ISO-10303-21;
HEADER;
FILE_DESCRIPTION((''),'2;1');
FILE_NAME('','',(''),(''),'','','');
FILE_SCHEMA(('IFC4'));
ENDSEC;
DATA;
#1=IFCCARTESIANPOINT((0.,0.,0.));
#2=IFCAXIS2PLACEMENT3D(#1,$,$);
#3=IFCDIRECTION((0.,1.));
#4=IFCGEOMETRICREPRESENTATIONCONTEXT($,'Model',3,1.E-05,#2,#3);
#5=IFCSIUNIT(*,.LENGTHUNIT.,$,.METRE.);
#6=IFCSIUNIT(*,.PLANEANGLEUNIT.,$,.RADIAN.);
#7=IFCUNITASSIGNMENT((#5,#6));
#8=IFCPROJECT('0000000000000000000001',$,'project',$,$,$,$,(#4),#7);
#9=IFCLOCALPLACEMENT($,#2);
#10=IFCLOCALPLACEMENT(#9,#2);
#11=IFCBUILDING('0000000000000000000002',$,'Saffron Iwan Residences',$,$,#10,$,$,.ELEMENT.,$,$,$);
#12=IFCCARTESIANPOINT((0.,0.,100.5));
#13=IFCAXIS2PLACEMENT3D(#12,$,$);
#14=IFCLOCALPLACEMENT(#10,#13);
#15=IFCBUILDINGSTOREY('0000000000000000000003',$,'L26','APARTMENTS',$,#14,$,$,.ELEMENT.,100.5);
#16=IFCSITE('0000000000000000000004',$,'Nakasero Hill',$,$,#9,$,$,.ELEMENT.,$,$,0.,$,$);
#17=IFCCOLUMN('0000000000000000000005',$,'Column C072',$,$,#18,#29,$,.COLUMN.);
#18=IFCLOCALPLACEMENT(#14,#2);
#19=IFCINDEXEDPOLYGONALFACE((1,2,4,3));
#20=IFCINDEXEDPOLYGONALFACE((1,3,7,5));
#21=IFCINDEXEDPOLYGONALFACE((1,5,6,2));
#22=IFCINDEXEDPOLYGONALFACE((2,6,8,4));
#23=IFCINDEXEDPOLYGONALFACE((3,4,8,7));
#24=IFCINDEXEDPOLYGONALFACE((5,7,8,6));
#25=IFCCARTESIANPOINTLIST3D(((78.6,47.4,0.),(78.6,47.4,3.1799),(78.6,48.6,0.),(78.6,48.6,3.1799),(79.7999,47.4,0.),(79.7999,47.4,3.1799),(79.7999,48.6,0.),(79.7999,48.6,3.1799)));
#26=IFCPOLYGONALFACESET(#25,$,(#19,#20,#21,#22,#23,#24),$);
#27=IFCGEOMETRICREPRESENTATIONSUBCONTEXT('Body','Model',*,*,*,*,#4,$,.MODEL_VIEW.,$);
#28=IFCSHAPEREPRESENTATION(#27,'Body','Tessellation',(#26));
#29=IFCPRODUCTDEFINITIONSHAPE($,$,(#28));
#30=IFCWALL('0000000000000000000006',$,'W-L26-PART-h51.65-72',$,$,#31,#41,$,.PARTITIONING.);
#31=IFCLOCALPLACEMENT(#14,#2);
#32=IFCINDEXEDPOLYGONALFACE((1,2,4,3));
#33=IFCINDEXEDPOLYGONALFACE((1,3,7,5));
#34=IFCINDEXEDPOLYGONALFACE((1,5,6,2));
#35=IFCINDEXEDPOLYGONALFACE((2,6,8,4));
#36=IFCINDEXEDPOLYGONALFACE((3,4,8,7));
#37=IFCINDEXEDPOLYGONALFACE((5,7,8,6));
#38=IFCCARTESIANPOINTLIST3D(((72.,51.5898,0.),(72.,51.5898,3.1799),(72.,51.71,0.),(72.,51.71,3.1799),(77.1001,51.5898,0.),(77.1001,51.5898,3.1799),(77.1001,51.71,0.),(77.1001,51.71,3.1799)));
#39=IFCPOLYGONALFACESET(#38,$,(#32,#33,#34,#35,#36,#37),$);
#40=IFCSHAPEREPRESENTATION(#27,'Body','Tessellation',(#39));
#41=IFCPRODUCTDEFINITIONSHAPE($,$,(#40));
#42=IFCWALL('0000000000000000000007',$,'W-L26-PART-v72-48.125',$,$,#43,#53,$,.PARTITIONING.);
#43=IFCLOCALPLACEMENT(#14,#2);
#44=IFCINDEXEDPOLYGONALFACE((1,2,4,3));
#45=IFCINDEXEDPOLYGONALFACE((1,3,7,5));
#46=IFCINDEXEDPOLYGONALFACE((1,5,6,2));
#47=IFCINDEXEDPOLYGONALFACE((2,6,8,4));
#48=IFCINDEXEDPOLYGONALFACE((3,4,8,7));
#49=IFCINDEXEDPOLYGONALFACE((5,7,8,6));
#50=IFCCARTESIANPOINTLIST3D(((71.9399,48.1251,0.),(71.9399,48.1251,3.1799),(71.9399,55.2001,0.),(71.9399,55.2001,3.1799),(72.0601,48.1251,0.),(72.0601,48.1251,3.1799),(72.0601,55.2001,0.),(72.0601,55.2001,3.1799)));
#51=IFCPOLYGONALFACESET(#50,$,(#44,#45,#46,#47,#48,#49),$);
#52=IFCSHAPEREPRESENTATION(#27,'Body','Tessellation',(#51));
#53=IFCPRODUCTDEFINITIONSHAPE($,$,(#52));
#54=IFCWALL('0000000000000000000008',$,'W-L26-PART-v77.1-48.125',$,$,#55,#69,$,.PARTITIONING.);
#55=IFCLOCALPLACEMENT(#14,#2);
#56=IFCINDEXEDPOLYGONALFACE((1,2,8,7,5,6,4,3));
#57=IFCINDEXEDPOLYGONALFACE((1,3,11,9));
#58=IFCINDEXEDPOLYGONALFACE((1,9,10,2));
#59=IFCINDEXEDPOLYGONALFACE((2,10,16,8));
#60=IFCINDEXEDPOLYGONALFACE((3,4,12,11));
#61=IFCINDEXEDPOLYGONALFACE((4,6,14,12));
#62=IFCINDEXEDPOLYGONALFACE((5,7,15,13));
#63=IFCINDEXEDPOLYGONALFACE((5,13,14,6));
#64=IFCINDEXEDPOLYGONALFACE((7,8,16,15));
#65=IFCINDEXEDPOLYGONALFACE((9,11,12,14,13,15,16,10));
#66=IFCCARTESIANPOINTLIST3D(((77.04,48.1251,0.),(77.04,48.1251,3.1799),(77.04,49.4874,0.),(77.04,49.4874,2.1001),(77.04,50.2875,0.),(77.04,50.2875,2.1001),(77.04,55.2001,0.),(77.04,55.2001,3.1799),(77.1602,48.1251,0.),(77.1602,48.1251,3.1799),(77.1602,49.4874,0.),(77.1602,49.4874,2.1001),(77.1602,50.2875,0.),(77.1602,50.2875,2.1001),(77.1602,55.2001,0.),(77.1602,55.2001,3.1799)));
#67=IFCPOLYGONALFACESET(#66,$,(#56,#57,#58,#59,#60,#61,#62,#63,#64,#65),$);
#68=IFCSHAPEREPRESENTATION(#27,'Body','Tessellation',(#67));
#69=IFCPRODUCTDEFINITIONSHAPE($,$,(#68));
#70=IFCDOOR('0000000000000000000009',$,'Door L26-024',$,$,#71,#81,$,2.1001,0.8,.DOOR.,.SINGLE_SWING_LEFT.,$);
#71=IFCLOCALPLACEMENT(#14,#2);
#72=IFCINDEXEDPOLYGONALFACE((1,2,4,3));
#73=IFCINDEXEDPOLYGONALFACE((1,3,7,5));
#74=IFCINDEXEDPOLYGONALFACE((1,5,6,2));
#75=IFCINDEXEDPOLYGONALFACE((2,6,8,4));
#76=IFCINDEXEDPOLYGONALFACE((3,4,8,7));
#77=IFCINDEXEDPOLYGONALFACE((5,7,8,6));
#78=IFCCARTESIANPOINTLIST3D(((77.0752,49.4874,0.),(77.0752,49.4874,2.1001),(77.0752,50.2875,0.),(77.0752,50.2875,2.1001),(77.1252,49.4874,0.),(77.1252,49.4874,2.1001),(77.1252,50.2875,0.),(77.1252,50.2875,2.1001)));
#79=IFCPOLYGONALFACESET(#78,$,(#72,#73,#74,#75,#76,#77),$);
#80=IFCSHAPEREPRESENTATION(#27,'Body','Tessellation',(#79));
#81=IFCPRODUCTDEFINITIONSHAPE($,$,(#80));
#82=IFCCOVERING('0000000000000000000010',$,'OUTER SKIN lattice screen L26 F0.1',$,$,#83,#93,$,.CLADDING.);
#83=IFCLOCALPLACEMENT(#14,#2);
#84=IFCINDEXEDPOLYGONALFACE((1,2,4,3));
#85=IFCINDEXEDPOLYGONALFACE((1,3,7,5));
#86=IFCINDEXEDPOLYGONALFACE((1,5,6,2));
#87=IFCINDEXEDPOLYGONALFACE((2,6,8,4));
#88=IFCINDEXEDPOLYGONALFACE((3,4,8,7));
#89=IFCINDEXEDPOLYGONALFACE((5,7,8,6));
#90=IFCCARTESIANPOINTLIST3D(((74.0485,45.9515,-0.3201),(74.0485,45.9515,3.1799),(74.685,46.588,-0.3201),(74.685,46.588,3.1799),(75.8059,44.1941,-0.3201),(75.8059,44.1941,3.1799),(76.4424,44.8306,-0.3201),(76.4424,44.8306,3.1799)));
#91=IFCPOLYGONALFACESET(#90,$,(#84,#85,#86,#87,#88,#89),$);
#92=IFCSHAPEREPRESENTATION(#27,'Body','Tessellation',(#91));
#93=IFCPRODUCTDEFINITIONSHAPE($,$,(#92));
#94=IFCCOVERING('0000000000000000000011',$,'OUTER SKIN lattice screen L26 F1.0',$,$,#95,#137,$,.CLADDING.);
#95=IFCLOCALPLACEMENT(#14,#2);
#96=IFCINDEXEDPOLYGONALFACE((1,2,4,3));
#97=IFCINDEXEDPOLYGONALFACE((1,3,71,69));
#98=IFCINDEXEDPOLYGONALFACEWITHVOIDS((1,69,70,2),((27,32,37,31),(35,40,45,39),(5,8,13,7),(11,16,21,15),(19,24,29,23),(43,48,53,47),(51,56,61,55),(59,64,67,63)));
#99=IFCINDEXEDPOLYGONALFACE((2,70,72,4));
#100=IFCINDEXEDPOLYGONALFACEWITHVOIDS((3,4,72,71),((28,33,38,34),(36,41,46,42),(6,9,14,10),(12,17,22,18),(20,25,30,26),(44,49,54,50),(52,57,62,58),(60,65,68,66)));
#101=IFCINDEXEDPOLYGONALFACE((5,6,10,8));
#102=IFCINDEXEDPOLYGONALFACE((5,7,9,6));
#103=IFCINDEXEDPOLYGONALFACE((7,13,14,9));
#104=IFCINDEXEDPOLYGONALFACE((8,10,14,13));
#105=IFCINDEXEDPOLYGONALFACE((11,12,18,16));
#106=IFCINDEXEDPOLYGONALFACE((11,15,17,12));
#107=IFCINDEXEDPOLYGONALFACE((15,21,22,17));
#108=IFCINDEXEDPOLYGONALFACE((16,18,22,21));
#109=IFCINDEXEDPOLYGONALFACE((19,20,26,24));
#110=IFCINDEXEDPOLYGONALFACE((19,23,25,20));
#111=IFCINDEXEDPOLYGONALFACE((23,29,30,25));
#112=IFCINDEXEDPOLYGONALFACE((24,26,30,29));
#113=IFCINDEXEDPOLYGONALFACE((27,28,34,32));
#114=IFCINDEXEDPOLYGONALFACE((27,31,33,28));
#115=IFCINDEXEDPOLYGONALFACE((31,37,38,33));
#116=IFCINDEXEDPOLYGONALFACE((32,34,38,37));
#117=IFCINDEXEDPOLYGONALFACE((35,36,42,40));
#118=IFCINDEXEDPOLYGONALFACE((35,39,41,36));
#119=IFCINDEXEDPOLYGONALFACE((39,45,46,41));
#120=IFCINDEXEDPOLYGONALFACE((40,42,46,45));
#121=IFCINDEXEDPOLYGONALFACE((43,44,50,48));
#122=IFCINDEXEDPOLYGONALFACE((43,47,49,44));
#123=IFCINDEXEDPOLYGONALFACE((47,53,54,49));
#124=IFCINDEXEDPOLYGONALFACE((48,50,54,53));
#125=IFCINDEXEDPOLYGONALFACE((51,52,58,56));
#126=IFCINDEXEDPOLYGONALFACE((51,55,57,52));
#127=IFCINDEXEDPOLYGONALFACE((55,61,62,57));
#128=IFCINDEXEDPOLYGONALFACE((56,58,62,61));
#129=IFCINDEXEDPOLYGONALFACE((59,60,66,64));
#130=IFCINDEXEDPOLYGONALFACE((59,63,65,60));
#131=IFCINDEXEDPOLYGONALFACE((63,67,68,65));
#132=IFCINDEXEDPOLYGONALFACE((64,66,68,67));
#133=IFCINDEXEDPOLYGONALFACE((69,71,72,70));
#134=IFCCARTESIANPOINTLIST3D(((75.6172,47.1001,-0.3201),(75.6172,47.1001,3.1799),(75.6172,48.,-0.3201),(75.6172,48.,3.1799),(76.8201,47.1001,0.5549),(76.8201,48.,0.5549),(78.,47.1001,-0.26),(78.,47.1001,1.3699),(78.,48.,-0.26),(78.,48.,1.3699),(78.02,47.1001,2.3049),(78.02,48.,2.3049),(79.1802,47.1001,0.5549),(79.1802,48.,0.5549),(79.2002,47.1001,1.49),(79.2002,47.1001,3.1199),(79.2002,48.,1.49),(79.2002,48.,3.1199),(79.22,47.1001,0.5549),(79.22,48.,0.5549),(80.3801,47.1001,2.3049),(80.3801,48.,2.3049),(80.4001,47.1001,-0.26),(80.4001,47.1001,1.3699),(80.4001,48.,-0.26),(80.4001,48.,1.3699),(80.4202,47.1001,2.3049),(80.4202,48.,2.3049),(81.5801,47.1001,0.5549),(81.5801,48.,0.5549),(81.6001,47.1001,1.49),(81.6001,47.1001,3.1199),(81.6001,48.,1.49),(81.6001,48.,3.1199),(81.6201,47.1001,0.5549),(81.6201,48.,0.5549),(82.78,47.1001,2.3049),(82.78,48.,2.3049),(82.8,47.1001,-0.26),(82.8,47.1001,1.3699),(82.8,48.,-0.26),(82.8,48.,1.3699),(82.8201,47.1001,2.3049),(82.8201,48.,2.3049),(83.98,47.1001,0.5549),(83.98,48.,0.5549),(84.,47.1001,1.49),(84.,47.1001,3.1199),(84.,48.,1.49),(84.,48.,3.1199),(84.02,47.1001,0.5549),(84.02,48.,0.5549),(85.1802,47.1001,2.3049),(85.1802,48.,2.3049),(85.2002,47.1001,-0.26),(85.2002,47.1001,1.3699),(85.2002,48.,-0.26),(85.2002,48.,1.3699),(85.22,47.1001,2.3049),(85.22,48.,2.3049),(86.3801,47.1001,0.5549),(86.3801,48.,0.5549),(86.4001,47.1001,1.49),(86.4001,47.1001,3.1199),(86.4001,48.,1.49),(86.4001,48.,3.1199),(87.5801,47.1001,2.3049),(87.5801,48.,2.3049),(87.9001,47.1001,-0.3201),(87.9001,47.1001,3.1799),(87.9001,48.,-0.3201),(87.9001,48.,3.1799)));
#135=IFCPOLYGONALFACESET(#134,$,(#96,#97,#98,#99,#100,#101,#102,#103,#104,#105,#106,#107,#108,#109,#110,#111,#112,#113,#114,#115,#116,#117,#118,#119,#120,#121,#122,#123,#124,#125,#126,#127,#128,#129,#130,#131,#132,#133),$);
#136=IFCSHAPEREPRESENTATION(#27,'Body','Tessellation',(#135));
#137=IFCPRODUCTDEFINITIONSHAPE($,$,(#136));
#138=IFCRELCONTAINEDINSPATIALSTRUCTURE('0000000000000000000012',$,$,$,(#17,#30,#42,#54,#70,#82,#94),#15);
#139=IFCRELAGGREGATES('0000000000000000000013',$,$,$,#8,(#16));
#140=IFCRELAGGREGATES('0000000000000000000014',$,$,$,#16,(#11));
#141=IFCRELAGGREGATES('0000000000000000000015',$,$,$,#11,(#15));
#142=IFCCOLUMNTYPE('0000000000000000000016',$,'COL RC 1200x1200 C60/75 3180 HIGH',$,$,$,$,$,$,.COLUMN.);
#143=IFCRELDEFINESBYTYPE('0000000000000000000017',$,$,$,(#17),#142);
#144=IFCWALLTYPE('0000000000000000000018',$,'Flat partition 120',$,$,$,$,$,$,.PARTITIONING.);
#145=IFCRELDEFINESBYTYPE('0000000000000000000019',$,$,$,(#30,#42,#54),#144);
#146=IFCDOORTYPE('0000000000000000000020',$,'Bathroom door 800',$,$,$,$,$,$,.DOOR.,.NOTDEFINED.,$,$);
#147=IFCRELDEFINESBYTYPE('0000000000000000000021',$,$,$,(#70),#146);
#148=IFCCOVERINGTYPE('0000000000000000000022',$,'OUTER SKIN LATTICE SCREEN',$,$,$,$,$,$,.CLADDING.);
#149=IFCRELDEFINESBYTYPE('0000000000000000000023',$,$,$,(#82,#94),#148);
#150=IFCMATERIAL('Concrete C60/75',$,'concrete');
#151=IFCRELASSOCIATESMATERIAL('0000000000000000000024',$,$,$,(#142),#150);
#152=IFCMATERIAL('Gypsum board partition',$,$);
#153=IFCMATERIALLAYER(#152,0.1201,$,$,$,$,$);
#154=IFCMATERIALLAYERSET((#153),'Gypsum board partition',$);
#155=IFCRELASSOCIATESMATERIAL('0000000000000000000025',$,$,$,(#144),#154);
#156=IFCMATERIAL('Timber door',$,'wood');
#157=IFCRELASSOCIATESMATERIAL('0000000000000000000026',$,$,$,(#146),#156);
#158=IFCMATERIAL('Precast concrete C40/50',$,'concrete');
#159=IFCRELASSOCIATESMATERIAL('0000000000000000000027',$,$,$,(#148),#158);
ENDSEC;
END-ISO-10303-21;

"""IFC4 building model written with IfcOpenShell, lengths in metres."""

from ifc_helpers import new_model, si_unit, direction, frame, frame_2d, origin, origin_2d, place, context, subcontext, project, spatial, polyline, rectangle, outline, extrude, source, transform, mapped, material, layer, layer_set, material_profile, profile_set, type_object, element, fill, save


model = new_model("IFC4")

# Units and contexts
model_context = context("Model", 3, precision=1e-05, world=origin(), true_north=direction((0.0, 1.0)))
body_context = subcontext(model_context, "Body", "Model", "MODEL_VIEW")
ifc_project = project(units=[si_unit("LENGTHUNIT", "METRE"), si_unit("PLANEANGLEUNIT", "RADIAN")], contexts=[model_context])

# Site, building, storey
site_placement = place(None, origin())
site = spatial("IfcSite", under=ifc_project, at=site_placement, Name="Nakasero Hill", CompositionType="ELEMENT", RefElevation=0.0)
building_placement = place(site_placement, origin())
building = spatial("IfcBuilding", under=site, at=building_placement, Name="Saffron Iwan Residences", CompositionType="ELEMENT")
storey_placement = place(building_placement, frame((0.0, 0.0, 100.5)))
storey = spatial("IfcBuildingStorey", under=building, at=storey_placement, Name="L26", Description="APARTMENTS", CompositionType="ELEMENT", Elevation=100.5)

# Column
ifc_material_1 = material(Name="Concrete C60/75", Category="concrete")
ifc_material_profile = material_profile(ifc_material_1, rectangle(XDim=1.2, YDim=1.2, at=origin_2d()), Name="RC 1200x1200")
ifc_profile_set = profile_set([ifc_material_profile], Name="Concrete C60/75")
column_type = type_object("IfcColumnType", Name="COL RC 1200x1200 C60/75 3180 HIGH", PredefinedType="COLUMN", material=ifc_profile_set)
shared_shape = source(origin(), body_context, "Body", "SweptSolid", [
    extrude(rectangle(XDim=1.2, YDim=1.2, at=origin_2d()), origin(), (0.0, 0.0, 1.0), 3.1799),
])
column_placement = place(storey_placement, frame((79.2, 48.0, 0.0), z_axis=(0.0, 0.0, 1.0), x_axis=(1.0, 0.0, 0.0)))
element("IfcColumn", 1, at=column_placement, inside=storey, type_object=column_type, Name="Column C072", PredefinedType="COLUMN", context=body_context, shape_type="MappedRepresentation", body=[
    mapped(shared_shape, transform((0.0, 0.0, 0.0))),
])

# Walls
ifc_material_2 = material(Name="Gypsum board partition")
ifc_layer = layer(ifc_material_2, 0.1201)
ifc_layer_set = layer_set([ifc_layer], Name="Gypsum board partition")
wall_type = type_object("IfcWallType", Name="Flat partition 120", PredefinedType="PARTITIONING", material=ifc_layer_set)
wall_1_placement = place(storey_placement, frame((72.0, 51.6499, 0.0), z_axis=(0.0, 0.0, 1.0), x_axis=(1.0, 0.0, 0.0)))
element("IfcWall", 2, at=wall_1_placement, inside=storey, type_object=wall_type, Name="W-L26-PART-h51.65-72", PredefinedType="PARTITIONING", context=body_context, shape_type="SweptSolid", body=[
    extrude(rectangle(XDim=5.1001, YDim=0.1201, at=frame_2d((2.55, 0.0))), origin(), (0.0, 0.0, 1.0), 3.1799),
])
wall_2_placement = place(storey_placement, frame((72.0, 48.125, 0.0), z_axis=(0.0, 0.0, 1.0), x_axis=(0.0, 1.0, 0.0)))
element("IfcWall", 3, at=wall_2_placement, inside=storey, type_object=wall_type, Name="W-L26-PART-v72-48.125", PredefinedType="PARTITIONING", context=body_context, shape_type="SweptSolid", body=[
    extrude(rectangle(XDim=7.075, YDim=0.1201, at=frame_2d((3.5376, 0.0))), origin(), (0.0, 0.0, 1.0), 3.1799),
])

# Wall, opening, door
wall_3_placement = place(storey_placement, frame((77.1001, 48.125, 0.0), z_axis=(0.0, 0.0, 1.0), x_axis=(0.0, 1.0, 0.0)))
wall_3 = element("IfcWall", 4, at=wall_3_placement, inside=storey, type_object=wall_type, Name="W-L26-PART-v77.1-48.125", PredefinedType="PARTITIONING", context=body_context, shape_type="SweptSolid", body=[
    extrude(rectangle(XDim=7.075, YDim=0.1201, at=frame_2d((3.5376, 0.0))), origin(), (0.0, 0.0, 1.0), 3.1799),
])
opening_placement = place(wall_3_placement, frame((1.3625, 0.0, 0.0)))
opening = element("IfcOpeningElement", 5, at=opening_placement, cuts=wall_3, PredefinedType="OPENING", context=body_context, shape_type="SweptSolid", body=[
    extrude(rectangle(XDim=0.8, YDim=2.1001, at=frame_2d((0.3999, 1.05))), frame((0.0, 0.0701, 0.0), z_axis=(0.0, -1.0, 0.0), x_axis=(1.0, 0.0, 0.0)), (0.0, 0.0, 1.0), 0.1401),
])
ifc_material_3 = material(Name="Timber door", Category="wood")
door_type = type_object("IfcDoorType", Name="Bathroom door 800", OperationType="NOTDEFINED", PredefinedType="DOOR", material=ifc_material_3)
door_placement = place(opening_placement, origin())
door = element("IfcDoor", 6, at=door_placement, inside=storey, type_object=door_type, Name="Door L26-024", OperationType="SINGLE_SWING_LEFT", OverallHeight=2.1001, OverallWidth=0.8, PredefinedType="DOOR", context=body_context, shape_type="SweptSolid", body=[
    extrude(rectangle(XDim=0.8, YDim=2.1001, at=frame_2d((0.3999, 1.05))), frame((0.0, 0.0249, 0.0), z_axis=(0.0, -1.0, 0.0), x_axis=(1.0, 0.0, 0.0)), (0.0, 0.0, 1.0), 0.05),
])
fill(opening, door)

# Coverings
ifc_material_4 = material(Name="Precast concrete C40/50", Category="concrete")
covering_type = type_object("IfcCoveringType", Name="OUTER SKIN LATTICE SCREEN", PredefinedType="CLADDING", material=ifc_material_4)
covering_1_placement = place(storey_placement, frame((75.8059, 44.1941, -0.3201), z_axis=(0.707107, 0.707107, 0.0), x_axis=(-0.707107, 0.707107, 0.0)))
element("IfcCovering", 7, at=covering_1_placement, inside=storey, type_object=covering_type, Name="OUTER SKIN lattice screen L26 F0.1", PredefinedType="CLADDING", context=body_context, shape_type="SweptSolid", body=[
    extrude(outline(polyline([(0.0, 0.0), (2.4854, 0.0), (2.4854, 3.5), (0.0, 3.5), (0.0, 0.0)])), origin(), (0.0, 0.0, 1.0), 0.9001),
])
covering_2_placement = place(storey_placement, frame((75.6172, 48.0, -0.3201), z_axis=(0.0, -1.0, 0.0), x_axis=(1.0, 0.0, 0.0)))
element("IfcCovering", 8, at=covering_2_placement, inside=storey, type_object=covering_type, Name="OUTER SKIN lattice screen L26 F1.0", PredefinedType="CLADDING", context=body_context, shape_type="SweptSolid", body=[
    extrude(outline(polyline([(0.0, 0.0), (12.283, 0.0), (12.283, 3.5), (0.0, 3.5), (0.0, 0.0)]), holes=[polyline([(1.2029, 0.875), (2.3828, 0.0601), (3.563, 0.875), (2.3828, 1.6899), (1.2029, 0.875)]), polyline([(3.6028, 0.875), (4.783, 0.0601), (5.9629, 0.875), (4.783, 1.6899), (3.6028, 0.875)]), polyline([(6.0029, 0.875), (7.1829, 0.0601), (8.3628, 0.875), (7.1829, 1.6899), (6.0029, 0.875)]), polyline([(8.4028, 0.875), (9.583, 0.0601), (10.7629, 0.875), (9.583, 1.6899), (8.4028, 0.875)]), polyline([(2.4028, 2.625), (3.583, 1.8101), (4.7629, 2.625), (3.583, 3.4399), (2.4028, 2.625)]), polyline([(4.803, 2.625), (5.9829, 1.8101), (7.1628, 2.625), (5.9829, 3.4399), (4.803, 2.625)]), polyline([(7.2029, 2.625), (8.3828, 1.8101), (9.563, 2.625), (8.3828, 3.4399), (7.2029, 2.625)]), polyline([(9.6028, 2.625), (10.783, 1.8101), (11.9629, 2.625), (10.783, 3.4399), (9.6028, 2.625)])]), origin(), (0.0, 0.0, 1.0), 0.8999),
])

save(model, "model.ifc")
